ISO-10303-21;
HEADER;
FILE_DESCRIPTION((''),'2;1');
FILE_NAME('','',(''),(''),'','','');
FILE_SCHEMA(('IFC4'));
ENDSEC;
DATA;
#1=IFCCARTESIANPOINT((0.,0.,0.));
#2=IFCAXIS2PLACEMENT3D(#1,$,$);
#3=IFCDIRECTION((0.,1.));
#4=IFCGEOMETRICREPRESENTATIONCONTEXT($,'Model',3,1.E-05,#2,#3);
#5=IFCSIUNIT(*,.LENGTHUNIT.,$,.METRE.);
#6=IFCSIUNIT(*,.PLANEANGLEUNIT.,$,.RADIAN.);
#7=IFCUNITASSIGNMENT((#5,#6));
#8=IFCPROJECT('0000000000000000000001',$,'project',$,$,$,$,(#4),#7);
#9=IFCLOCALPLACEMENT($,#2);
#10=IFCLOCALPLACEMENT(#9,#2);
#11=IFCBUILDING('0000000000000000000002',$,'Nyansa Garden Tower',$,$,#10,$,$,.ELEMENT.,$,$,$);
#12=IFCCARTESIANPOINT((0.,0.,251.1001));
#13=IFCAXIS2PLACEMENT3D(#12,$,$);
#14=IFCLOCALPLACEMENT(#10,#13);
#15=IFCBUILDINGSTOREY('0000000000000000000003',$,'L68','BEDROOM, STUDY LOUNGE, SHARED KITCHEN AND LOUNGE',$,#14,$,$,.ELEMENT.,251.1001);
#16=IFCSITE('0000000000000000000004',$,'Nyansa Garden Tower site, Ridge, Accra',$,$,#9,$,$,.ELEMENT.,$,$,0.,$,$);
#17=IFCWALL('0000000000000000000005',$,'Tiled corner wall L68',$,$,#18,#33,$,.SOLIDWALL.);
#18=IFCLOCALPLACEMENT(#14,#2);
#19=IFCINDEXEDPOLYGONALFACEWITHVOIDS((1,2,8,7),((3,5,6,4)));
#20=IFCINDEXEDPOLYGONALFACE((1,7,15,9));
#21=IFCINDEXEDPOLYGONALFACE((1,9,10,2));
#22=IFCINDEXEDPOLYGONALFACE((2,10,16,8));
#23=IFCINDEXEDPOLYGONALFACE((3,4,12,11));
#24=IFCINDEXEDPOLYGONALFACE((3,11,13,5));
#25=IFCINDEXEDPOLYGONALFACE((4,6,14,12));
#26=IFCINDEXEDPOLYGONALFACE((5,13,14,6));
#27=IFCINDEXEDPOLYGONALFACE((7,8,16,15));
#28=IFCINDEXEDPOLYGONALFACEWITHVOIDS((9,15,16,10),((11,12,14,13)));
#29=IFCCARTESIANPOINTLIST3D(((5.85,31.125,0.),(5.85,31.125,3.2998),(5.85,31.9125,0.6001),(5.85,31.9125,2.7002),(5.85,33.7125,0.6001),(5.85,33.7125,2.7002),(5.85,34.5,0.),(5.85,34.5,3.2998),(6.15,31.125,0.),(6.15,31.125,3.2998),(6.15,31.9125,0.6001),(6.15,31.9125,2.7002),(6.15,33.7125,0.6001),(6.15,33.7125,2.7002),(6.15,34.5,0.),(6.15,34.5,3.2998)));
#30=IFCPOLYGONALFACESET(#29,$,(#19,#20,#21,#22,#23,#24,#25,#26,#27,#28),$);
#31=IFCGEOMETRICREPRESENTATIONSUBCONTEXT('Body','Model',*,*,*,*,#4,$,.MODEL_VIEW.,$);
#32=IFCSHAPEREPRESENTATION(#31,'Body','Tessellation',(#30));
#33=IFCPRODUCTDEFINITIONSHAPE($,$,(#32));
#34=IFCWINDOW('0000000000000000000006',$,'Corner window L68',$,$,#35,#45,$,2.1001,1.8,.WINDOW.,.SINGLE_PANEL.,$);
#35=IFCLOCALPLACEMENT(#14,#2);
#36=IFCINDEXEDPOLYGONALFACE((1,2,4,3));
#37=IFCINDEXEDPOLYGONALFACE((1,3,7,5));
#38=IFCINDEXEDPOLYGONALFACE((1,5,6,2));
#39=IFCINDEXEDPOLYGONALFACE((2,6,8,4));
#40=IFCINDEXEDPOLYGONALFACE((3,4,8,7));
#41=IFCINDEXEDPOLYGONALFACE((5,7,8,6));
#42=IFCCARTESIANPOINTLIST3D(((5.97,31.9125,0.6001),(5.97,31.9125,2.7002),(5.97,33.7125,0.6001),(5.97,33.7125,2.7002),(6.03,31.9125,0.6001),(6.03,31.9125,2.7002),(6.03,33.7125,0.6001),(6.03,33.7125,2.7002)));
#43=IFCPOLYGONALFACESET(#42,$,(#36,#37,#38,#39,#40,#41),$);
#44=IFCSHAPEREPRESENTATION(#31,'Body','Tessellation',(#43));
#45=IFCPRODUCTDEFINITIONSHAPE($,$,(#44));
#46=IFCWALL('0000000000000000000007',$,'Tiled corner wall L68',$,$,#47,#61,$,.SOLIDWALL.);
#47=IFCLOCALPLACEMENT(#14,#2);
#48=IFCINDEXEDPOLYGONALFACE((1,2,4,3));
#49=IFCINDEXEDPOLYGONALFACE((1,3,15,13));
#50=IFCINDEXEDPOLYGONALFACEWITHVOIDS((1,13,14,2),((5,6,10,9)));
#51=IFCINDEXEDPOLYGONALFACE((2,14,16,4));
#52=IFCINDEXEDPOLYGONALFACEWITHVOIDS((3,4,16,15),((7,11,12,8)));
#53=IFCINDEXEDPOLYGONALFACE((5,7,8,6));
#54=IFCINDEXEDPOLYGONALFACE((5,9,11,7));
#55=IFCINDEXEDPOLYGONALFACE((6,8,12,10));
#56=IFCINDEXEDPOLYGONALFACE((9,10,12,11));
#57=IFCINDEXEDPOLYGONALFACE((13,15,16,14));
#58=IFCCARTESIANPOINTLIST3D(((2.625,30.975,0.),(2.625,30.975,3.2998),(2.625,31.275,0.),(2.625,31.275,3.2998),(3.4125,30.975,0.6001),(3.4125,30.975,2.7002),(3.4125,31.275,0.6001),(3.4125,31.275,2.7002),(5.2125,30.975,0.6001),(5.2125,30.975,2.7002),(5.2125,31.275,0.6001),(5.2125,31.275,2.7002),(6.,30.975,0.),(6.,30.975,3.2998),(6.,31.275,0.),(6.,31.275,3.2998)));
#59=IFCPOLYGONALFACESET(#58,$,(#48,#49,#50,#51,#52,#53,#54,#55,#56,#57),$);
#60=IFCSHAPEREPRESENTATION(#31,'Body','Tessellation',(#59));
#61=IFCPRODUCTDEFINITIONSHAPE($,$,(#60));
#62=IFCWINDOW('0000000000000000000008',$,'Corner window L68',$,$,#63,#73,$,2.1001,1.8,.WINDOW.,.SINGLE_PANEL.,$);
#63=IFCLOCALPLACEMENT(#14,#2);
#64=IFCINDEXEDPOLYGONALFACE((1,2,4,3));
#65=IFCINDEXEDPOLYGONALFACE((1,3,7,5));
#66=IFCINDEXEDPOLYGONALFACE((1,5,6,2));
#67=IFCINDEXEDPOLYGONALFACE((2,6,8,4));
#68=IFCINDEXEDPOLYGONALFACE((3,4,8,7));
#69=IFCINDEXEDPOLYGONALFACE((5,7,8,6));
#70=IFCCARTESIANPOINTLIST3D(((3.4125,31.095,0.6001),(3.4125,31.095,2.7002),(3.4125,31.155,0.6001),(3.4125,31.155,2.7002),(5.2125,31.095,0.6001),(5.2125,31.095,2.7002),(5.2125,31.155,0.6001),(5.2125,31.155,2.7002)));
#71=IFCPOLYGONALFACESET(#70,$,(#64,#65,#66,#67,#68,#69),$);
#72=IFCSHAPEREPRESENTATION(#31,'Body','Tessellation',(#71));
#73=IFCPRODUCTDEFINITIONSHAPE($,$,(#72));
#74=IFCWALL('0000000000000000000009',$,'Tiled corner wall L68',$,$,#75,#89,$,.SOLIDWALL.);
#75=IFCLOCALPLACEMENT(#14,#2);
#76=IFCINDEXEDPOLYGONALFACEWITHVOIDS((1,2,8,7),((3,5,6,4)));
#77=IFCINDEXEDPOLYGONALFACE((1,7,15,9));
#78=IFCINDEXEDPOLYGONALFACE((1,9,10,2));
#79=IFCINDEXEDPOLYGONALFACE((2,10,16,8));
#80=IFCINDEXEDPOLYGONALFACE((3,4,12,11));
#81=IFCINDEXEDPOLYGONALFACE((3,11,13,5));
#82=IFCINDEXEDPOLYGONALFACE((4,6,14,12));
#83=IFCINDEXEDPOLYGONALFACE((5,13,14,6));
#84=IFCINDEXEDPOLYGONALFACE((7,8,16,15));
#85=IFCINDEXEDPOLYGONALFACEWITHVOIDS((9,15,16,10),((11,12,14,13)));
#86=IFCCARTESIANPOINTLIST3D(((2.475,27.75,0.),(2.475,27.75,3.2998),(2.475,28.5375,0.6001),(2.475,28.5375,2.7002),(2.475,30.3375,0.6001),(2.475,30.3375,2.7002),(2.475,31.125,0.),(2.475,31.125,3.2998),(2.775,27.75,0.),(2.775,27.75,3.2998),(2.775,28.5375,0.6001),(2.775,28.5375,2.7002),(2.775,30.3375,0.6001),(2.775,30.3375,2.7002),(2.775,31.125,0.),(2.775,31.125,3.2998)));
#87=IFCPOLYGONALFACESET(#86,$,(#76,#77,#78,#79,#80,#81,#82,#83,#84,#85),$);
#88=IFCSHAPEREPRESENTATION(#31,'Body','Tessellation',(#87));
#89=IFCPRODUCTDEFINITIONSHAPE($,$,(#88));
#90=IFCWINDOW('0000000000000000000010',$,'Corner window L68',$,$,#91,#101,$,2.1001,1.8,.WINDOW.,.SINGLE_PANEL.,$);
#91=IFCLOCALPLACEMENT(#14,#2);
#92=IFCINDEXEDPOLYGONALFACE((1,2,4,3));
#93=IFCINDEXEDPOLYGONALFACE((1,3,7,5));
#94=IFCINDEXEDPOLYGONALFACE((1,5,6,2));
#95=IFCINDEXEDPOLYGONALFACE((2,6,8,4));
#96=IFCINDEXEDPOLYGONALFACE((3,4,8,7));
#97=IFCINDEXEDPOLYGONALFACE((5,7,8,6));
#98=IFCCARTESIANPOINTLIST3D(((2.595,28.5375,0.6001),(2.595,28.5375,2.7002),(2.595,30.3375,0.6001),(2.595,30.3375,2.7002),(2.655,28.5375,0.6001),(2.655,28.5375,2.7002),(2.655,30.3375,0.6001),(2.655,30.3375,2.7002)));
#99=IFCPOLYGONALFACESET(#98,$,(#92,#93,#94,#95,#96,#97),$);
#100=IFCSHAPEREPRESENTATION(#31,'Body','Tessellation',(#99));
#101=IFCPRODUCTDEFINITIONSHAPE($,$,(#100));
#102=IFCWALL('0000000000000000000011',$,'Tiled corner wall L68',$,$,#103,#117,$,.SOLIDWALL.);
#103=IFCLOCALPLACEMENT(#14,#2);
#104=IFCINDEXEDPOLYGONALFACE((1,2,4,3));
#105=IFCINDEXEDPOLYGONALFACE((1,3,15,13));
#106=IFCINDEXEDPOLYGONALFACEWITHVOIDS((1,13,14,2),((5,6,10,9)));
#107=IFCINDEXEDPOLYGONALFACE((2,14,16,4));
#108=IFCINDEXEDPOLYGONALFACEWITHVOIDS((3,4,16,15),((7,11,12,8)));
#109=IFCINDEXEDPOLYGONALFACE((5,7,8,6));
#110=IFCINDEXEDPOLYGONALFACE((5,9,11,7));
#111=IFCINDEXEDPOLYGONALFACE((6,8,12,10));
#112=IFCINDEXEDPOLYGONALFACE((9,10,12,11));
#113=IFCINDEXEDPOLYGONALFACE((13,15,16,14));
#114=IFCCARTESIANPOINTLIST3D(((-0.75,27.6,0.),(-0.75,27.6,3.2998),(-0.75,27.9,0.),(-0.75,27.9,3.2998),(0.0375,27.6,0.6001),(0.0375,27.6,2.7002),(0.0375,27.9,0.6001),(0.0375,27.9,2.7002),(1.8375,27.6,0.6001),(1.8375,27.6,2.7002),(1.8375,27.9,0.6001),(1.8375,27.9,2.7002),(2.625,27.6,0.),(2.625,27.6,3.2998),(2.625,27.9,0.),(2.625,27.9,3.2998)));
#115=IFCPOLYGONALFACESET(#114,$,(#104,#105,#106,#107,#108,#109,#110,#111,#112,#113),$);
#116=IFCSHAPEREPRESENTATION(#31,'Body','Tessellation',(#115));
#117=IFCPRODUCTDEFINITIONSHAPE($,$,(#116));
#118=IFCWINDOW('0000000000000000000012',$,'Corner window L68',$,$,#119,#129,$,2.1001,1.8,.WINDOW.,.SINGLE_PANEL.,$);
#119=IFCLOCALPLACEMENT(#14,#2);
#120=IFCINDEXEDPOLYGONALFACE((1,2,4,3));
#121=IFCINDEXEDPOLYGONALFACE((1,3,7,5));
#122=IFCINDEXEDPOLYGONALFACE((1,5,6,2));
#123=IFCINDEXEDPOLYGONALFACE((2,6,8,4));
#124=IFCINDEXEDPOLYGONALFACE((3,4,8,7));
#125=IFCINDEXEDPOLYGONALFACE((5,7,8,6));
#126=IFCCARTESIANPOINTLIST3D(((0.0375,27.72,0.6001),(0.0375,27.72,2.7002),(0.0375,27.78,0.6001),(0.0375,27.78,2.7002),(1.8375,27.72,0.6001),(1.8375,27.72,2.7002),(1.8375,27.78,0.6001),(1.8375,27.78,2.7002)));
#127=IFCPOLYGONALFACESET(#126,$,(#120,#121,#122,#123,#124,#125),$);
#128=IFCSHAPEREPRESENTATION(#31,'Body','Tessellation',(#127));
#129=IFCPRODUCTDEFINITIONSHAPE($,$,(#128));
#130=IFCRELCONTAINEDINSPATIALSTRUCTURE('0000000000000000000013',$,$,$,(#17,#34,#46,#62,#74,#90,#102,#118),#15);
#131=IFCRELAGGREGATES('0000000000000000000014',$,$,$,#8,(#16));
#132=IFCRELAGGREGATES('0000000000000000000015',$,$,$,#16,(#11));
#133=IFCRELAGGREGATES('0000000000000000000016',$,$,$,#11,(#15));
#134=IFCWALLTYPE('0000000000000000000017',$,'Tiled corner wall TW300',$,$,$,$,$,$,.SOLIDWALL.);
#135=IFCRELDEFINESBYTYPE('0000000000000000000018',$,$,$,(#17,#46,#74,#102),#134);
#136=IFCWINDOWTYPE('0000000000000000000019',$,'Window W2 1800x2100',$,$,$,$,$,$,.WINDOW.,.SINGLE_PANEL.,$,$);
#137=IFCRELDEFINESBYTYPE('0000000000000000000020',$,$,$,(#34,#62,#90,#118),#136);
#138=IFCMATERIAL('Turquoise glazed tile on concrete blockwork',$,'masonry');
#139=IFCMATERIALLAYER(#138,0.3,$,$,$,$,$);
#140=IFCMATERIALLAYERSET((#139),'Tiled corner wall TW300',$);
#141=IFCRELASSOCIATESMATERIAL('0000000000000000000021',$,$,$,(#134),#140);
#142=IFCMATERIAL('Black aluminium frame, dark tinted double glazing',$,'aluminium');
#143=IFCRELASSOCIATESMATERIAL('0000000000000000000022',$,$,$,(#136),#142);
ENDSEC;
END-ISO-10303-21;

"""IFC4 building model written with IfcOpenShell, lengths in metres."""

from ifc_helpers import new_model, si_unit, direction, frame, frame_2d, origin, place, context, subcontext, project, spatial, rectangle, extrude, material, layer, layer_set, type_object, element, fill, save


model = new_model("IFC4")

# Units and contexts
model_context = context("Model", 3, precision=1e-05, world=origin(), true_north=direction((0.0, 1.0)))
body_context = subcontext(model_context, "Body", "Model", "MODEL_VIEW")
ifc_project = project(units=[si_unit("LENGTHUNIT", "METRE"), si_unit("PLANEANGLEUNIT", "RADIAN")], contexts=[model_context])

# Site, building, storey
site_placement = place(None, origin())
site = spatial("IfcSite", under=ifc_project, at=site_placement, Name="Nyansa Garden Tower site, Ridge, Accra", CompositionType="ELEMENT", RefElevation=0.0)
building_placement = place(site_placement, origin())
building = spatial("IfcBuilding", under=site, at=building_placement, Name="Nyansa Garden Tower", CompositionType="ELEMENT")
storey_placement = place(building_placement, frame((0.0, 0.0, 251.1001)))
storey = spatial("IfcBuildingStorey", under=building, at=storey_placement, Name="L68", Description="BEDROOM, STUDY LOUNGE, SHARED KITCHEN AND LOUNGE", CompositionType="ELEMENT", Elevation=251.1001)

# Walls, openings, windows
ifc_material_1 = material(Name="Turquoise glazed tile on concrete blockwork", Category="masonry")
ifc_layer_1 = layer(ifc_material_1, 0.3)
ifc_layer_set_1 = layer_set([ifc_layer_1], Name="Tiled corner wall TW300")
wall_type = type_object("IfcWallType", Name="Tiled corner wall TW300", PredefinedType="SOLIDWALL", material=ifc_layer_set_1)
wall_1_placement = place(storey_placement, frame((6.0, 34.5, 0.0), z_axis=(0.0, 0.0, 1.0), x_axis=(0.0, -1.0, 0.0)))
wall_1 = element("IfcWall", 1, at=wall_1_placement, inside=storey, type_object=wall_type, Name="Tiled corner wall L68", PredefinedType="SOLIDWALL", context=body_context, shape_type="SweptSolid", body=[
    extrude(rectangle(XDim=3.375, YDim=0.3, at=frame_2d((1.6875, 0.0))), origin(), (0.0, 0.0, 1.0), 3.2998),
])
opening_1_placement = place(wall_1_placement, frame((0.7876, 0.0, 0.6001)))
opening_1 = element("IfcOpeningElement", 2, at=opening_1_placement, cuts=wall_1, PredefinedType="OPENING", context=body_context, shape_type="SweptSolid", body=[
    extrude(rectangle(XDim=1.8, YDim=2.1001, at=frame_2d((0.8999, 1.05))), frame((0.0, 0.1599, 0.0), z_axis=(0.0, -1.0, 0.0), x_axis=(1.0, 0.0, 0.0)), (0.0, 0.0, 1.0), 0.3201),
])
ifc_material_2 = material(Name="Black aluminium frame, dark tinted double glazing", Category="aluminium")
window_type = type_object("IfcWindowType", Name="Window W2 1800x2100", PartitioningType="SINGLE_PANEL", PredefinedType="WINDOW", material=ifc_material_2)
window_1_placement = place(opening_1_placement, origin())
window_1 = element("IfcWindow", 3, at=window_1_placement, inside=storey, type_object=window_type, Name="Corner window L68", OverallHeight=2.1001, OverallWidth=1.8, PartitioningType="SINGLE_PANEL", PredefinedType="WINDOW", context=body_context, shape_type="SweptSolid", body=[
    extrude(rectangle(XDim=1.8, YDim=2.1001, at=frame_2d((0.8999, 1.05))), frame((0.0, 0.03, 0.0), z_axis=(0.0, -1.0, 0.0), x_axis=(1.0, 0.0, 0.0)), (0.0, 0.0, 1.0), 0.0601),
])
fill(opening_1, window_1)
wall_2_placement = place(storey_placement, frame((6.0, 31.125, 0.0), z_axis=(0.0, 0.0, 1.0), x_axis=(-1.0, 0.0, 0.0)))
wall_2 = element("IfcWall", 4, at=wall_2_placement, inside=storey, type_object=wall_type, Name="Tiled corner wall L68", PredefinedType="SOLIDWALL", context=body_context, shape_type="SweptSolid", body=[
    extrude(rectangle(XDim=3.375, YDim=0.3, at=frame_2d((1.6875, 0.0))), origin(), (0.0, 0.0, 1.0), 3.2998),
])
opening_2_placement = place(wall_2_placement, frame((0.7876, 0.0, 0.6001)))
opening_2 = element("IfcOpeningElement", 5, at=opening_2_placement, cuts=wall_2, PredefinedType="OPENING", context=body_context, shape_type="SweptSolid", body=[
    extrude(rectangle(XDim=1.8, YDim=2.1001, at=frame_2d((0.8999, 1.05))), frame((0.0, 0.1599, 0.0), z_axis=(0.0, -1.0, 0.0), x_axis=(1.0, 0.0, 0.0)), (0.0, 0.0, 1.0), 0.3201),
])
window_2_placement = place(opening_2_placement, origin())
window_2 = element("IfcWindow", 6, at=window_2_placement, inside=storey, type_object=window_type, Name="Corner window L68", OverallHeight=2.1001, OverallWidth=1.8, PartitioningType="SINGLE_PANEL", PredefinedType="WINDOW", context=body_context, shape_type="SweptSolid", body=[
    extrude(rectangle(XDim=1.8, YDim=2.1001, at=frame_2d((0.8999, 1.05))), frame((0.0, 0.03, 0.0), z_axis=(0.0, -1.0, 0.0), x_axis=(1.0, 0.0, 0.0)), (0.0, 0.0, 1.0), 0.0601),
])
fill(opening_2, window_2)
wall_3_placement = place(storey_placement, frame((2.625, 31.125, 0.0), z_axis=(0.0, 0.0, 1.0), x_axis=(0.0, -1.0, 0.0)))
wall_3 = element("IfcWall", 7, at=wall_3_placement, inside=storey, type_object=wall_type, Name="Tiled corner wall L68", PredefinedType="SOLIDWALL", context=body_context, shape_type="SweptSolid", body=[
    extrude(rectangle(XDim=3.375, YDim=0.3, at=frame_2d((1.6875, 0.0))), origin(), (0.0, 0.0, 1.0), 3.2998),
])
opening_3_placement = place(wall_3_placement, frame((0.7876, 0.0, 0.6001)))
opening_3 = element("IfcOpeningElement", 8, at=opening_3_placement, cuts=wall_3, PredefinedType="OPENING", context=body_context, shape_type="SweptSolid", body=[
    extrude(rectangle(XDim=1.8, YDim=2.1001, at=frame_2d((0.8999, 1.05))), frame((0.0, 0.1599, 0.0), z_axis=(0.0, -1.0, 0.0), x_axis=(1.0, 0.0, 0.0)), (0.0, 0.0, 1.0), 0.3201),
])
window_3_placement = place(opening_3_placement, origin())
window_3 = element("IfcWindow", 9, at=window_3_placement, inside=storey, type_object=window_type, Name="Corner window L68", OverallHeight=2.1001, OverallWidth=1.8, PartitioningType="SINGLE_PANEL", PredefinedType="WINDOW", context=body_context, shape_type="SweptSolid", body=[
    extrude(rectangle(XDim=1.8, YDim=2.1001, at=frame_2d((0.8999, 1.05))), frame((0.0, 0.03, 0.0), z_axis=(0.0, -1.0, 0.0), x_axis=(1.0, 0.0, 0.0)), (0.0, 0.0, 1.0), 0.0601),
])
fill(opening_3, window_3)
wall_4_placement = place(storey_placement, frame((2.625, 27.75, 0.0), z_axis=(0.0, 0.0, 1.0), x_axis=(-1.0, 0.0, 0.0)))
wall_4 = element("IfcWall", 10, at=wall_4_placement, inside=storey, type_object=wall_type, Name="Tiled corner wall L68", PredefinedType="SOLIDWALL", context=body_context, shape_type="SweptSolid", body=[
    extrude(rectangle(XDim=3.375, YDim=0.3, at=frame_2d((1.6875, 0.0))), origin(), (0.0, 0.0, 1.0), 3.2998),
])
opening_4_placement = place(wall_4_placement, frame((0.7876, 0.0, 0.6001)))
opening_4 = element("IfcOpeningElement", 11, at=opening_4_placement, cuts=wall_4, PredefinedType="OPENING", context=body_context, shape_type="SweptSolid", body=[
    extrude(rectangle(XDim=1.8, YDim=2.1001, at=frame_2d((0.8999, 1.05))), frame((0.0, 0.1599, 0.0), z_axis=(0.0, -1.0, 0.0), x_axis=(1.0, 0.0, 0.0)), (0.0, 0.0, 1.0), 0.3201),
])
window_4_placement = place(opening_4_placement, origin())
window_4 = element("IfcWindow", 12, at=window_4_placement, inside=storey, type_object=window_type, Name="Corner window L68", OverallHeight=2.1001, OverallWidth=1.8, PartitioningType="SINGLE_PANEL", PredefinedType="WINDOW", context=body_context, shape_type="SweptSolid", body=[
    extrude(rectangle(XDim=1.8, YDim=2.1001, at=frame_2d((0.8999, 1.05))), frame((0.0, 0.03, 0.0), z_axis=(0.0, -1.0, 0.0), x_axis=(1.0, 0.0, 0.0)), (0.0, 0.0, 1.0), 0.0601),
])
fill(opening_4, window_4)

save(model, "model.ifc")
